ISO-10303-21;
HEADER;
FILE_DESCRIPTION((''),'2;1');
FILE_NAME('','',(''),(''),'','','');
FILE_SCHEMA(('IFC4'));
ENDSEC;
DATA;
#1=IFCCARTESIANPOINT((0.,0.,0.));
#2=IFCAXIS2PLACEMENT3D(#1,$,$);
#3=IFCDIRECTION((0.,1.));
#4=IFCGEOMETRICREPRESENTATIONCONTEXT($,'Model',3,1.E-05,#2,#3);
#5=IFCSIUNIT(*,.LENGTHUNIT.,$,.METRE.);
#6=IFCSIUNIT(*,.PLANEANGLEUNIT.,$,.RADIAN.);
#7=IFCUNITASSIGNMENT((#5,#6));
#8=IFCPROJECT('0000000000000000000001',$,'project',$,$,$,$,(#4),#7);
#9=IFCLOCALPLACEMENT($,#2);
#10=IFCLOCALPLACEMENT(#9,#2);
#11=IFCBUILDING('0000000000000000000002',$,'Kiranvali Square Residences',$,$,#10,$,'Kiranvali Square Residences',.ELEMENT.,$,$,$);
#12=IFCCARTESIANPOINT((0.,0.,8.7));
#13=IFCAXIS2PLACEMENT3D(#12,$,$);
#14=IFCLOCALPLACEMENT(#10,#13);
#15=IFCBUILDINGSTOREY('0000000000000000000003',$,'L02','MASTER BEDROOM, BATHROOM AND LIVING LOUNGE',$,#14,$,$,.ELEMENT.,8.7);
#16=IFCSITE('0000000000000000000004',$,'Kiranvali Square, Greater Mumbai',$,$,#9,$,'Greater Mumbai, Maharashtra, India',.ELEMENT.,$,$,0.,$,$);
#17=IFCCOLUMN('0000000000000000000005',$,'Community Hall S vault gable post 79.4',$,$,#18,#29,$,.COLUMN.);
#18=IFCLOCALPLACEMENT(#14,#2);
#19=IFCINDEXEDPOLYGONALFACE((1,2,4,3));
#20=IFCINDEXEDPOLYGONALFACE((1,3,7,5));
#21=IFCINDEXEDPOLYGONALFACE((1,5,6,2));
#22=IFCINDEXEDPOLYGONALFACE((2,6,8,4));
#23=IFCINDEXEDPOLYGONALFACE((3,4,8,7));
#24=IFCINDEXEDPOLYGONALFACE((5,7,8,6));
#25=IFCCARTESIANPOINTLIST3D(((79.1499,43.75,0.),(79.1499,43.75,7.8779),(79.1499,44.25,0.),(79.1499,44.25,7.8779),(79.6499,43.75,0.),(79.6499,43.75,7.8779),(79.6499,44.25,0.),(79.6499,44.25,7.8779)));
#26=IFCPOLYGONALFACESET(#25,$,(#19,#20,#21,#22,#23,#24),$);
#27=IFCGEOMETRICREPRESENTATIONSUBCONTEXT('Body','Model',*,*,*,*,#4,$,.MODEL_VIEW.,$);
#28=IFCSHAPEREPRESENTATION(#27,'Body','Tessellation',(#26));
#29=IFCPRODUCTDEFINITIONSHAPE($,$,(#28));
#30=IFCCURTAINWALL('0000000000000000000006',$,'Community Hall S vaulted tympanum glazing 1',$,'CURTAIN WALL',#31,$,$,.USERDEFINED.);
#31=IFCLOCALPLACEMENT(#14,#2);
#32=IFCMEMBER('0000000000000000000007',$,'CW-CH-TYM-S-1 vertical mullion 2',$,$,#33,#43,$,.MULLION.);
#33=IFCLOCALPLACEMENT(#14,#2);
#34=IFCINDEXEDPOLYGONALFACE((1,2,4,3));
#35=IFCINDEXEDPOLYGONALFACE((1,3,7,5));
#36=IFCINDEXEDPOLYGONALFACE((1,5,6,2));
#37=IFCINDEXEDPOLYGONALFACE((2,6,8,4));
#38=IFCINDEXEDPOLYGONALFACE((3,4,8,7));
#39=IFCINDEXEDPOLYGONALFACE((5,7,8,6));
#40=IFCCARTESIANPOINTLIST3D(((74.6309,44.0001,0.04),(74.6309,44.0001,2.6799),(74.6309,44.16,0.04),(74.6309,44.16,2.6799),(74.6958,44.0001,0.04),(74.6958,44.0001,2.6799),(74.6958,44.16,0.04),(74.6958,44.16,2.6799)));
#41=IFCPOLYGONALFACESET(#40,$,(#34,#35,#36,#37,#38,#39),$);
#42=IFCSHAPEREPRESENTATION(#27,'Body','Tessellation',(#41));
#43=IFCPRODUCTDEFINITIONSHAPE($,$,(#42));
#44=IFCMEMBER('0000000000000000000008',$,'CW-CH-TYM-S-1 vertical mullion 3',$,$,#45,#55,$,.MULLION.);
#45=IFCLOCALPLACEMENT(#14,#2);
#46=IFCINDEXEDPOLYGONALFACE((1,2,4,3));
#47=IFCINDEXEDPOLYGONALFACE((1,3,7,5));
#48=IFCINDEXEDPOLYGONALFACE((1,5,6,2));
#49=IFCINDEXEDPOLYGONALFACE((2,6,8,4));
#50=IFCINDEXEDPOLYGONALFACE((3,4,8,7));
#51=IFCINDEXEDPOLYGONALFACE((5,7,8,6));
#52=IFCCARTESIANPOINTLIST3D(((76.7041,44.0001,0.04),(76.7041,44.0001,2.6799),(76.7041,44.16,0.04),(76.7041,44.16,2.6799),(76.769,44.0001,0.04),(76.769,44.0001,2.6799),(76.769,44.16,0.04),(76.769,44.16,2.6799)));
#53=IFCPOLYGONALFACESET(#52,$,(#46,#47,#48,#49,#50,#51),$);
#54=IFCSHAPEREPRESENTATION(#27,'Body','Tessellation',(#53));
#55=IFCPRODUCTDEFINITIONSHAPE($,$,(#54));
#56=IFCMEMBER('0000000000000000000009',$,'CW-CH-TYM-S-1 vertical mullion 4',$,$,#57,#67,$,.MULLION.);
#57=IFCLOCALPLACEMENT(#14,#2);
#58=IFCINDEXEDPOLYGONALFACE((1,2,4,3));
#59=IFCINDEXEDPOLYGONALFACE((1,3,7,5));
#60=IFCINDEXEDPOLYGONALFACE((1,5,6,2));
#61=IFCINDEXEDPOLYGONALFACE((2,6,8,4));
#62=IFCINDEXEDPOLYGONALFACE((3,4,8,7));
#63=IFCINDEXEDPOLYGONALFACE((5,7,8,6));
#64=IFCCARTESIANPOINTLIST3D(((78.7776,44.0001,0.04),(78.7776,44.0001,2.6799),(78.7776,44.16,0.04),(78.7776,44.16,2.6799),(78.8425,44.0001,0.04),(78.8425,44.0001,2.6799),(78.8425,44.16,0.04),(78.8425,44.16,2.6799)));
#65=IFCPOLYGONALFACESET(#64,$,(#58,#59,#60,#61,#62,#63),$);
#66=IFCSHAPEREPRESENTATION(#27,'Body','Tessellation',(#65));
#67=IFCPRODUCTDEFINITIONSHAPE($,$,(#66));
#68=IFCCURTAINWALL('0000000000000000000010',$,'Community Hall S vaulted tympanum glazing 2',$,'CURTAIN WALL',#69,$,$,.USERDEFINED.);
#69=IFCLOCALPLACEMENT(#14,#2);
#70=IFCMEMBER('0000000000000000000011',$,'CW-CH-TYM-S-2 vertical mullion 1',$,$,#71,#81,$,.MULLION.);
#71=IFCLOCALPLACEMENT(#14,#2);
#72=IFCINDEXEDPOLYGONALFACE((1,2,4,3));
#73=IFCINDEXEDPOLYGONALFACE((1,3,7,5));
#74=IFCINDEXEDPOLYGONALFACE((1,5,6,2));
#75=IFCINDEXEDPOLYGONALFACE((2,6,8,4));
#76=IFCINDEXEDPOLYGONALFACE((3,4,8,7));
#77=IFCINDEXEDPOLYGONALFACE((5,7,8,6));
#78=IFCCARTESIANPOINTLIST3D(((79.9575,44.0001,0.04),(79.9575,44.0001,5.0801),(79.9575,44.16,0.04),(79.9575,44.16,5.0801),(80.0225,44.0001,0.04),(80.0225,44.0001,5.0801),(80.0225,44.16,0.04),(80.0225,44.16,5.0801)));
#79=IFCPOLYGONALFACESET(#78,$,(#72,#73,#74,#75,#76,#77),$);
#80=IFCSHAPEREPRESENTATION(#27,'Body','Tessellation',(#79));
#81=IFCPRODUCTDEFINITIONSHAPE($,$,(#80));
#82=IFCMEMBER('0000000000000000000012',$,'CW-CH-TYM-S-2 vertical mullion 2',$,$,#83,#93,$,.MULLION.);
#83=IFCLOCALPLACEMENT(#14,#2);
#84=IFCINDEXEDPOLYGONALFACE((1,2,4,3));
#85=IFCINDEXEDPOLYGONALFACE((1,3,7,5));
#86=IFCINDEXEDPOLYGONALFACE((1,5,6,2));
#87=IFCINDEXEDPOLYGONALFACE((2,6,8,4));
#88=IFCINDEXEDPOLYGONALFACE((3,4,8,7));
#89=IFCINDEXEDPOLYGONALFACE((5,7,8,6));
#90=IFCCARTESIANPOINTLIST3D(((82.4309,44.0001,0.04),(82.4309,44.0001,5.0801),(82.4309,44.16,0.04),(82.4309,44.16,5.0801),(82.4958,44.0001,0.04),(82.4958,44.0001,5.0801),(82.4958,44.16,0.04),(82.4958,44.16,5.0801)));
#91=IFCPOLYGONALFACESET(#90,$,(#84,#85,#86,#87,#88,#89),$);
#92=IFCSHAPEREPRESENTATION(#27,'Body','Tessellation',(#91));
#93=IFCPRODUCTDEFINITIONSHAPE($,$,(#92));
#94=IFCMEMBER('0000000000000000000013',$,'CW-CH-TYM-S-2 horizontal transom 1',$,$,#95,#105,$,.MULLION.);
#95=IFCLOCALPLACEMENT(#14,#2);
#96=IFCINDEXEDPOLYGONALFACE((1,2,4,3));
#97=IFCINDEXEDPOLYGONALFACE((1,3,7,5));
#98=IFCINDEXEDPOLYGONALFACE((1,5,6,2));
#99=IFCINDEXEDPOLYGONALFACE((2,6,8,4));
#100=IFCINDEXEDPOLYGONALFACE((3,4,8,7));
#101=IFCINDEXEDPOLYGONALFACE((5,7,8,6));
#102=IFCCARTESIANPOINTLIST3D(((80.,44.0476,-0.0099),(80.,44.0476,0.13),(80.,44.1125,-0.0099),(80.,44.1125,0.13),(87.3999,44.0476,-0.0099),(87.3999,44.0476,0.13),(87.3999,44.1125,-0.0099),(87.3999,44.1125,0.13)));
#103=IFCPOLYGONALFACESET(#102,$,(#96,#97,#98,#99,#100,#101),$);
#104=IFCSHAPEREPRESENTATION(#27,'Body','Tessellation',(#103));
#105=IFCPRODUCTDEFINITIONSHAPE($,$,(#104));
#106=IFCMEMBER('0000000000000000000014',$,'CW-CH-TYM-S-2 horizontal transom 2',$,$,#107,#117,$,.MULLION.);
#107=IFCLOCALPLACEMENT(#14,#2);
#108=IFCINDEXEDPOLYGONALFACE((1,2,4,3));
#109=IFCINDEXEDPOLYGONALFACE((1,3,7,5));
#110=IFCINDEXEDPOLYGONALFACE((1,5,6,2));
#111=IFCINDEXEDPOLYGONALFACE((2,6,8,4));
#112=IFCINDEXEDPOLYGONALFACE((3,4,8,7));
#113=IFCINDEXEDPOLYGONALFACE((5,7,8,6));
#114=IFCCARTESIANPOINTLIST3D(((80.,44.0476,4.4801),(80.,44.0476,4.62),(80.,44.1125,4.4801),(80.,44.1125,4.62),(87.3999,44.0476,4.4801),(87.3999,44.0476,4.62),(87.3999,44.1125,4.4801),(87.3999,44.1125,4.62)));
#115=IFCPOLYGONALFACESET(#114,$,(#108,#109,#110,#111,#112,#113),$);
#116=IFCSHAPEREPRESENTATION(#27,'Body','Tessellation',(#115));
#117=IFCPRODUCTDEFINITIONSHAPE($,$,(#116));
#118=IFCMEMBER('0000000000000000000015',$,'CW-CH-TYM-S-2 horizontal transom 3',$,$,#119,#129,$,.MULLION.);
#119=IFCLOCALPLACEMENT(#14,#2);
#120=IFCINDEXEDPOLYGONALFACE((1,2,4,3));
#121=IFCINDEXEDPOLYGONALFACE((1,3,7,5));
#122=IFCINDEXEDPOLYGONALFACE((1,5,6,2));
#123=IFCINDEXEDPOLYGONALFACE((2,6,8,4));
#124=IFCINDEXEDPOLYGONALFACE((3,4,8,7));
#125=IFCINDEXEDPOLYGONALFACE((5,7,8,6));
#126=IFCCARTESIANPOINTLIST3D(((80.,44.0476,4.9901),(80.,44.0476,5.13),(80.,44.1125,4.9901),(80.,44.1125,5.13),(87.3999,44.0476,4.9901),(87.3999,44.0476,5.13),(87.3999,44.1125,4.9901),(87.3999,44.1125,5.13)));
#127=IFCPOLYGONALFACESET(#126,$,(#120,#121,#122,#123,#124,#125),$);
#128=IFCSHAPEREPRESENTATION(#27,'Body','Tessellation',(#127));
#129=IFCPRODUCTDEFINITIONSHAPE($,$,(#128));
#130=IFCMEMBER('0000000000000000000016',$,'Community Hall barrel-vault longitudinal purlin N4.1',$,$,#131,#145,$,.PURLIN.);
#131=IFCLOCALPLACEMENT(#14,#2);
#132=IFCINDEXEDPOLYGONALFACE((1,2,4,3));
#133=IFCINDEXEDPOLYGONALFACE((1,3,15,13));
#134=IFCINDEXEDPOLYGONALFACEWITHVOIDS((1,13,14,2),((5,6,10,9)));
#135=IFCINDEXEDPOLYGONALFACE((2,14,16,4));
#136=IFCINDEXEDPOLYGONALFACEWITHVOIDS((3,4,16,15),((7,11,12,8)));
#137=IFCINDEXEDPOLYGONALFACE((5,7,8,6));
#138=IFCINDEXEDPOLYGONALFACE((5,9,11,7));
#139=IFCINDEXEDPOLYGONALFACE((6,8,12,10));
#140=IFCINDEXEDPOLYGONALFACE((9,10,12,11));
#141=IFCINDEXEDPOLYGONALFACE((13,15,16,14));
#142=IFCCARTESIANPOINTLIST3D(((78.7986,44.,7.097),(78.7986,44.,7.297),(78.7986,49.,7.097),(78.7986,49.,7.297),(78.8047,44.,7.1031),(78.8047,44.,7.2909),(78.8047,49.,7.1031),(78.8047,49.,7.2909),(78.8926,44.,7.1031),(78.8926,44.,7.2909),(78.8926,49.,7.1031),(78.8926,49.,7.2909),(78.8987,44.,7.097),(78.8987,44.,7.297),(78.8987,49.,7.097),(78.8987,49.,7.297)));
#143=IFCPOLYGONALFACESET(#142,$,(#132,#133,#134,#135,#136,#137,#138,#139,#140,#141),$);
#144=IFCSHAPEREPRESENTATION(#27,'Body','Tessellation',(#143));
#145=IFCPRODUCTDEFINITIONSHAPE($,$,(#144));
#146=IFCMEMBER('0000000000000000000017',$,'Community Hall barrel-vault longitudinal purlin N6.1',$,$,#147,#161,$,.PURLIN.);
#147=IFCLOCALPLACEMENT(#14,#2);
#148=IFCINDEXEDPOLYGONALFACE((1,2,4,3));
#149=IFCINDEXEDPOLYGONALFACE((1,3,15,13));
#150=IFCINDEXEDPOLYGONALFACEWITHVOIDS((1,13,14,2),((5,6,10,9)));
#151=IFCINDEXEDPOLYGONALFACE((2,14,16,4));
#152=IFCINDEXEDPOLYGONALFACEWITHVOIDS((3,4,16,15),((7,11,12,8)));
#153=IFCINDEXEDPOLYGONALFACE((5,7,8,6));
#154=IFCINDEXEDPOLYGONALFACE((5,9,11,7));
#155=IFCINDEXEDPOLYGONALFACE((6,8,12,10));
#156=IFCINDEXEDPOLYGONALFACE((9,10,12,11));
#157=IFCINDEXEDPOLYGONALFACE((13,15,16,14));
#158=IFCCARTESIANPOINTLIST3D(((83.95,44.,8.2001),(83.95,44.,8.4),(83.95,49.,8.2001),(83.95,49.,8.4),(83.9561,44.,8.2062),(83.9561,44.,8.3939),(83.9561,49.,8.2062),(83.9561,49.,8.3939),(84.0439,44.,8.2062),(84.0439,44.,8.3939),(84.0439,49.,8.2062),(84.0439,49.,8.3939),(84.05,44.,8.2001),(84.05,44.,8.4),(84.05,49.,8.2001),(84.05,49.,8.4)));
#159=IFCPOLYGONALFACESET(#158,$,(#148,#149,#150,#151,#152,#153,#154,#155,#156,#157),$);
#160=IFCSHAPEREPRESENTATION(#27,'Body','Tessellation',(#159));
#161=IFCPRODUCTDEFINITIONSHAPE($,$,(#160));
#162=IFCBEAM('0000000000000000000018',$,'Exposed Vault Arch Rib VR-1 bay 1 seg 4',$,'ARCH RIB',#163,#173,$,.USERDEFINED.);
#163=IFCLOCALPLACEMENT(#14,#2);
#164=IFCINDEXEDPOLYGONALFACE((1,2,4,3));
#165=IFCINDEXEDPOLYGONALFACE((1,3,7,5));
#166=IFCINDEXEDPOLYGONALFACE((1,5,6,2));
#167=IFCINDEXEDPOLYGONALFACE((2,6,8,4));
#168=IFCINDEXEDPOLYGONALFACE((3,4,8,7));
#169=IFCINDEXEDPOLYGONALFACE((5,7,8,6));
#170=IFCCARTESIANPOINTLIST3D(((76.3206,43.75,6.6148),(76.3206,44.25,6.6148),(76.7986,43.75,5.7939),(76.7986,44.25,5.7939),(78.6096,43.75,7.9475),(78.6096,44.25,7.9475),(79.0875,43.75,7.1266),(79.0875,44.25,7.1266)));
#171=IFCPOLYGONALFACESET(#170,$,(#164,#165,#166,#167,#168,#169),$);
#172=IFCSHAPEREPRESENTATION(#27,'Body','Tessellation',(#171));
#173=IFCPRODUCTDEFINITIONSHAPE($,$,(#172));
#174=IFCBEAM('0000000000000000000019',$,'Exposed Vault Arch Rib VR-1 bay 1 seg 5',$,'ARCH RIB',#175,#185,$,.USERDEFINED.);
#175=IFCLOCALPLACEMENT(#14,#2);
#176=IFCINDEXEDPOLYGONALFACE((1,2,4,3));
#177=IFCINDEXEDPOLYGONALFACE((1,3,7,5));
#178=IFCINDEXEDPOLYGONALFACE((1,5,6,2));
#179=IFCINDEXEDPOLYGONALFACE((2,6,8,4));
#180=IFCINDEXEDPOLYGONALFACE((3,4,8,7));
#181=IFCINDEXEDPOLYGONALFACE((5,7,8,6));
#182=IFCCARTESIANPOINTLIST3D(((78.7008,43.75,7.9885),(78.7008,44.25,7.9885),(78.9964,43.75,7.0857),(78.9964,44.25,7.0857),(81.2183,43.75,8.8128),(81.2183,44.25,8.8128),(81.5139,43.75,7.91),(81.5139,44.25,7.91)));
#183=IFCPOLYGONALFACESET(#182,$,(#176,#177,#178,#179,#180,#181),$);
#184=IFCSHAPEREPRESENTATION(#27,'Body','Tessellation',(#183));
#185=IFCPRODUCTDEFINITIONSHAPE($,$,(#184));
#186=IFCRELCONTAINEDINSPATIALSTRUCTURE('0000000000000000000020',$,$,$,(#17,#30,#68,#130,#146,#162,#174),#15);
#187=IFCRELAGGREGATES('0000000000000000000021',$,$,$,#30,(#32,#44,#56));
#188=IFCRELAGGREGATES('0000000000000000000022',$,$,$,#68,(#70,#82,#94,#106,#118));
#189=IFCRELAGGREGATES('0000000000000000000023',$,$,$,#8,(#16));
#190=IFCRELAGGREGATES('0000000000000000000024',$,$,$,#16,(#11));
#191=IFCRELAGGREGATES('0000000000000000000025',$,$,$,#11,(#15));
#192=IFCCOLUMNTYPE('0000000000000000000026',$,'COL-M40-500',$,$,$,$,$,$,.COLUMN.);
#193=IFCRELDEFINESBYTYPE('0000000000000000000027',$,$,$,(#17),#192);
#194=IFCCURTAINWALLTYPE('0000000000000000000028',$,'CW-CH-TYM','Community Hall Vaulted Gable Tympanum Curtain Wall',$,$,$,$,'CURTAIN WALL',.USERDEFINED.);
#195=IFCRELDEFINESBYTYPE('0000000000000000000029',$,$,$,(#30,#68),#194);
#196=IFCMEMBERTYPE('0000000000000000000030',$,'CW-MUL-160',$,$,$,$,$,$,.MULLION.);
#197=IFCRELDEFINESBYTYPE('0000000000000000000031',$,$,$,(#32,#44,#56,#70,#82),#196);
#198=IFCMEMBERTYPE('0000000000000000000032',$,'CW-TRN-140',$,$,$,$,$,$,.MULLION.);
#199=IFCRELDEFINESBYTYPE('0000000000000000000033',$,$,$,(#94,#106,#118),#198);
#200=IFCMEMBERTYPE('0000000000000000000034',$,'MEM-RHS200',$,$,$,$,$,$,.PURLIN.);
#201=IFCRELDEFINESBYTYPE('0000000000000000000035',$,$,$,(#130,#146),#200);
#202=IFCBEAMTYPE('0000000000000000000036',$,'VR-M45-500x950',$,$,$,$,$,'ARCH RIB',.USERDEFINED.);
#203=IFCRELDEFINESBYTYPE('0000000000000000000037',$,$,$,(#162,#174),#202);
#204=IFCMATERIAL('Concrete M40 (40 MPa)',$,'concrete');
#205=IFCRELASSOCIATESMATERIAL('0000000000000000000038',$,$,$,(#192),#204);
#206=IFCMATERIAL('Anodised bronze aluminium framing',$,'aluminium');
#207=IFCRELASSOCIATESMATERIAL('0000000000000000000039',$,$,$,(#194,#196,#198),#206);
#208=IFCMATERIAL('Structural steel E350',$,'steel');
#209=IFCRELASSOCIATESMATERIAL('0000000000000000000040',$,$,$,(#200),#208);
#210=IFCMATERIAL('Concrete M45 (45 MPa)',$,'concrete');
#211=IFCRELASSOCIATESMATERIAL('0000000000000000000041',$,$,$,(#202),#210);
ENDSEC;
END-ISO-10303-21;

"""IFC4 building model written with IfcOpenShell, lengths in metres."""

from ifc_helpers import new_model, si_unit, direction, frame, origin, origin_2d, place, context, subcontext, project, spatial, rectangle, hollow_rectangle, extrude, material, material_profile, profile_set, type_object, element, aggregate, save


model = new_model("IFC4")

# Units and contexts
model_context = context("Model", 3, precision=1e-05, world=origin(), true_north=direction((0.0, 1.0)))
body_context = subcontext(model_context, "Body", "Model", "MODEL_VIEW")
ifc_project = project(units=[si_unit("LENGTHUNIT", "METRE"), si_unit("PLANEANGLEUNIT", "RADIAN")], contexts=[model_context])

# Site, building, storey
site_placement = place(None, origin())
site = spatial("IfcSite", under=ifc_project, at=site_placement, Name="Kiranvali Square, Greater Mumbai", LongName="Greater Mumbai, Maharashtra, India", CompositionType="ELEMENT", RefElevation=0.0)
building_placement = place(site_placement, origin())
building = spatial("IfcBuilding", under=site, at=building_placement, Name="Kiranvali Square Residences", LongName="Kiranvali Square Residences", CompositionType="ELEMENT")
storey_placement = place(building_placement, frame((0.0, 0.0, 8.7)))
storey = spatial("IfcBuildingStorey", under=building, at=storey_placement, Name="L02", Description="MASTER BEDROOM, BATHROOM AND LIVING LOUNGE", CompositionType="ELEMENT", Elevation=8.7)

# Column
ifc_material_1 = material(Name="Concrete M40 (40 MPa)", Category="concrete")
ifc_material_profile_1 = material_profile(ifc_material_1, rectangle(XDim=0.5, YDim=0.5, at=origin_2d()), Name="RC 500x500")
ifc_profile_set_1 = profile_set([ifc_material_profile_1], Name="Concrete M40 (40 MPa)")
column_type = type_object("IfcColumnType", Name="COL-M40-500", PredefinedType="COLUMN", material=ifc_profile_set_1)
column_placement = place(storey_placement, frame((79.3999, 44.0, 0.0), z_axis=(0.0, 0.0, 1.0), x_axis=(1.0, 0.0, 0.0)))
element("IfcColumn", 1, at=column_placement, inside=storey, type_object=column_type, Name="Community Hall S vault gable post 79.4", PredefinedType="COLUMN", context=body_context, shape_type="SweptSolid", body=[
    extrude(rectangle(XDim=0.5, YDim=0.5, at=origin_2d()), origin(), (0.0, 0.0, 1.0), 7.8779),
])

# Curtain walls, members
ifc_material_2 = material(Name="Anodised bronze aluminium framing", Category="aluminium")
curtain_wall_type = type_object("IfcCurtainWallType", Name="CW-CH-TYM", Description="Community Hall Vaulted Gable Tympanum Curtain Wall", ElementType="CURTAIN WALL", PredefinedType="USERDEFINED", material=ifc_material_2)
curtain_wall_1_placement = place(storey_placement, origin())
curtain_wall_1 = element("IfcCurtainWall", 2, at=curtain_wall_1_placement, inside=storey, type_object=curtain_wall_type, Name="Community Hall S vaulted tympanum glazing 1", ObjectType="CURTAIN WALL", PredefinedType="USERDEFINED")
ifc_material_profile_2 = material_profile(ifc_material_2, rectangle(XDim=0.0649, YDim=0.1599, at=origin_2d()), Name="ALU 65x160")
ifc_profile_set_2 = profile_set([ifc_material_profile_2], Name="Anodised bronze aluminium framing")
member_type_1 = type_object("IfcMemberType", Name="CW-MUL-160", PredefinedType="MULLION", material=ifc_profile_set_2)
member_1_placement = place(storey_placement, frame((74.6633, 44.0801, 0.04), z_axis=(0.0, 0.0, 1.0), x_axis=(1.0, 0.0, 0.0)))
member_1 = element("IfcMember", 3, at=member_1_placement, type_object=member_type_1, Name="CW-CH-TYM-S-1 vertical mullion 2", PredefinedType="MULLION", context=body_context, shape_type="SweptSolid", body=[
    extrude(rectangle(XDim=0.0649, YDim=0.1599, at=origin_2d()), origin(), (0.0, 0.0, 1.0), 2.6399),
])
member_2_placement = place(storey_placement, frame((76.7366, 44.0801, 0.04), z_axis=(0.0, 0.0, 1.0), x_axis=(1.0, 0.0, 0.0)))
member_2 = element("IfcMember", 4, at=member_2_placement, type_object=member_type_1, Name="CW-CH-TYM-S-1 vertical mullion 3", PredefinedType="MULLION", context=body_context, shape_type="SweptSolid", body=[
    extrude(rectangle(XDim=0.0649, YDim=0.1599, at=origin_2d()), origin(), (0.0, 0.0, 1.0), 2.6399),
])
member_3_placement = place(storey_placement, frame((78.8101, 44.0801, 0.04), z_axis=(0.0, 0.0, 1.0), x_axis=(1.0, 0.0, 0.0)))
member_3 = element("IfcMember", 5, at=member_3_placement, type_object=member_type_1, Name="CW-CH-TYM-S-1 vertical mullion 4", PredefinedType="MULLION", context=body_context, shape_type="SweptSolid", body=[
    extrude(rectangle(XDim=0.0649, YDim=0.1599, at=origin_2d()), origin(), (0.0, 0.0, 1.0), 2.6399),
])
curtain_wall_2_placement = place(storey_placement, origin())
curtain_wall_2 = element("IfcCurtainWall", 6, at=curtain_wall_2_placement, inside=storey, type_object=curtain_wall_type, Name="Community Hall S vaulted tympanum glazing 2", ObjectType="CURTAIN WALL", PredefinedType="USERDEFINED")
member_4_placement = place(storey_placement, frame((79.99, 44.0801, 0.04), z_axis=(0.0, 0.0, 1.0), x_axis=(1.0, 0.0, 0.0)))
member_4 = element("IfcMember", 7, at=member_4_placement, type_object=member_type_1, Name="CW-CH-TYM-S-2 vertical mullion 1", PredefinedType="MULLION", context=body_context, shape_type="SweptSolid", body=[
    extrude(rectangle(XDim=0.0649, YDim=0.1599, at=origin_2d()), origin(), (0.0, 0.0, 1.0), 5.04),
])
member_5_placement = place(storey_placement, frame((82.4634, 44.0801, 0.04), z_axis=(0.0, 0.0, 1.0), x_axis=(1.0, 0.0, 0.0)))
member_5 = element("IfcMember", 8, at=member_5_placement, type_object=member_type_1, Name="CW-CH-TYM-S-2 vertical mullion 2", PredefinedType="MULLION", context=body_context, shape_type="SweptSolid", body=[
    extrude(rectangle(XDim=0.0649, YDim=0.1599, at=origin_2d()), origin(), (0.0, 0.0, 1.0), 5.04),
])
ifc_material_profile_3 = material_profile(ifc_material_2, rectangle(XDim=0.0649, YDim=0.1399, at=origin_2d()), Name="ALU 65x140")
ifc_profile_set_3 = profile_set([ifc_material_profile_3], Name="Anodised bronze aluminium framing")
member_type_2 = type_object("IfcMemberType", Name="CW-TRN-140", PredefinedType="MULLION", material=ifc_profile_set_3)
member_6_placement = place(storey_placement, frame((80.0, 44.0801, 0.0601), z_axis=(1.0, 0.0, 0.0), x_axis=(0.0, 1.0, 0.0)))
member_6 = element("IfcMember", 9, at=member_6_placement, type_object=member_type_2, Name="CW-CH-TYM-S-2 horizontal transom 1", PredefinedType="MULLION", context=body_context, shape_type="SweptSolid", body=[
    extrude(rectangle(XDim=0.0649, YDim=0.1399, at=origin_2d()), origin(), (0.0, 0.0, 1.0), 7.3999),
])
member_7_placement = place(storey_placement, frame((80.0, 44.0801, 4.55), z_axis=(1.0, 0.0, 0.0), x_axis=(0.0, 1.0, 0.0)))
member_7 = element("IfcMember", 10, at=member_7_placement, type_object=member_type_2, Name="CW-CH-TYM-S-2 horizontal transom 2", PredefinedType="MULLION", context=body_context, shape_type="SweptSolid", body=[
    extrude(rectangle(XDim=0.0649, YDim=0.1399, at=origin_2d()), origin(), (0.0, 0.0, 1.0), 7.3999),
])
member_8_placement = place(storey_placement, frame((80.0, 44.0801, 5.0601), z_axis=(1.0, 0.0, 0.0), x_axis=(0.0, 1.0, 0.0)))
member_8 = element("IfcMember", 11, at=member_8_placement, type_object=member_type_2, Name="CW-CH-TYM-S-2 horizontal transom 3", PredefinedType="MULLION", context=body_context, shape_type="SweptSolid", body=[
    extrude(rectangle(XDim=0.0649, YDim=0.1399, at=origin_2d()), origin(), (0.0, 0.0, 1.0), 7.3999),
])

# Members
ifc_material_3 = material(Name="Structural steel E350", Category="steel")
ifc_material_profile_4 = material_profile(ifc_material_3, hollow_rectangle(XDim=0.1001, YDim=0.2, WallThickness=0.0061, at=origin_2d()), Name="RHS 200x100x6.0")
ifc_profile_set_4 = profile_set([ifc_material_profile_4], Name="Structural steel E350")
member_type_3 = type_object("IfcMemberType", Name="MEM-RHS200", PredefinedType="PURLIN", material=ifc_profile_set_4)
for number, where, z_axis, x_axis, name in (
    (12, (78.8486, 44.0, 7.197), (0.0, 1.0, 0.0), (-1.0, 0.0, 0.0), "Community Hall barrel-vault longitudinal purlin N4.1"),
    (13, (84.0, 44.0, 8.3), (0.0, 1.0, 0.0), (-1.0, 0.0, 0.0), "Community Hall barrel-vault longitudinal purlin N6.1"),
):
    element("IfcMember", number, at=place(storey_placement, frame(where, z_axis=z_axis, x_axis=x_axis)), inside=storey, type_object=member_type_3, Name=name, PredefinedType="PURLIN", context=body_context, shape_type="SweptSolid", body=[
        extrude(hollow_rectangle(XDim=0.1001, YDim=0.2, WallThickness=0.0061, at=origin_2d()), origin(), (0.0, 0.0, 1.0), 5.0),
    ])

# Beams
ifc_material_4 = material(Name="Concrete M45 (45 MPa)", Category="concrete")
ifc_material_profile_5 = material_profile(ifc_material_4, rectangle(XDim=0.5, YDim=0.95, at=origin_2d()), Name="RC 500x950")
ifc_profile_set_5 = profile_set([ifc_material_profile_5], Name="Concrete M45 (45 MPa)")
beam_type = type_object("IfcBeamType", Name="VR-M45-500x950", ElementType="ARCH RIB", PredefinedType="USERDEFINED", material=ifc_profile_set_5)
beam_1_placement = place(storey_placement, frame((76.5596, 44.0, 6.2043), z_axis=(0.864193, 0.0, 0.50316), x_axis=(0.0, 1.0, 0.0)))
element("IfcBeam", 14, at=beam_1_placement, inside=storey, type_object=beam_type, Name="Exposed Vault Arch Rib VR-1 bay 1 seg 4", ObjectType="ARCH RIB", PredefinedType="USERDEFINED", context=body_context, shape_type="SweptSolid", body=[
    extrude(rectangle(XDim=0.5, YDim=0.95, at=origin_2d()), origin(), (0.0, 0.0, 1.0), 2.6487),
])
beam_2_placement = place(storey_placement, frame((78.8486, 44.0, 7.5371), z_axis=(0.950356, 0.0, 0.311163), x_axis=(0.0, 1.0, 0.0)))
element("IfcBeam", 15, at=beam_2_placement, inside=storey, type_object=beam_type, Name="Exposed Vault Arch Rib VR-1 bay 1 seg 5", ObjectType="ARCH RIB", PredefinedType="USERDEFINED", context=body_context, shape_type="SweptSolid", body=[
    extrude(rectangle(XDim=0.5, YDim=0.95, at=origin_2d()), origin(), (0.0, 0.0, 1.0), 2.6489),
])

aggregate(curtain_wall_1, [member_1, member_2, member_3])
aggregate(curtain_wall_2, [member_4, member_5, member_6, member_7, member_8])

save(model, "model.ifc")
